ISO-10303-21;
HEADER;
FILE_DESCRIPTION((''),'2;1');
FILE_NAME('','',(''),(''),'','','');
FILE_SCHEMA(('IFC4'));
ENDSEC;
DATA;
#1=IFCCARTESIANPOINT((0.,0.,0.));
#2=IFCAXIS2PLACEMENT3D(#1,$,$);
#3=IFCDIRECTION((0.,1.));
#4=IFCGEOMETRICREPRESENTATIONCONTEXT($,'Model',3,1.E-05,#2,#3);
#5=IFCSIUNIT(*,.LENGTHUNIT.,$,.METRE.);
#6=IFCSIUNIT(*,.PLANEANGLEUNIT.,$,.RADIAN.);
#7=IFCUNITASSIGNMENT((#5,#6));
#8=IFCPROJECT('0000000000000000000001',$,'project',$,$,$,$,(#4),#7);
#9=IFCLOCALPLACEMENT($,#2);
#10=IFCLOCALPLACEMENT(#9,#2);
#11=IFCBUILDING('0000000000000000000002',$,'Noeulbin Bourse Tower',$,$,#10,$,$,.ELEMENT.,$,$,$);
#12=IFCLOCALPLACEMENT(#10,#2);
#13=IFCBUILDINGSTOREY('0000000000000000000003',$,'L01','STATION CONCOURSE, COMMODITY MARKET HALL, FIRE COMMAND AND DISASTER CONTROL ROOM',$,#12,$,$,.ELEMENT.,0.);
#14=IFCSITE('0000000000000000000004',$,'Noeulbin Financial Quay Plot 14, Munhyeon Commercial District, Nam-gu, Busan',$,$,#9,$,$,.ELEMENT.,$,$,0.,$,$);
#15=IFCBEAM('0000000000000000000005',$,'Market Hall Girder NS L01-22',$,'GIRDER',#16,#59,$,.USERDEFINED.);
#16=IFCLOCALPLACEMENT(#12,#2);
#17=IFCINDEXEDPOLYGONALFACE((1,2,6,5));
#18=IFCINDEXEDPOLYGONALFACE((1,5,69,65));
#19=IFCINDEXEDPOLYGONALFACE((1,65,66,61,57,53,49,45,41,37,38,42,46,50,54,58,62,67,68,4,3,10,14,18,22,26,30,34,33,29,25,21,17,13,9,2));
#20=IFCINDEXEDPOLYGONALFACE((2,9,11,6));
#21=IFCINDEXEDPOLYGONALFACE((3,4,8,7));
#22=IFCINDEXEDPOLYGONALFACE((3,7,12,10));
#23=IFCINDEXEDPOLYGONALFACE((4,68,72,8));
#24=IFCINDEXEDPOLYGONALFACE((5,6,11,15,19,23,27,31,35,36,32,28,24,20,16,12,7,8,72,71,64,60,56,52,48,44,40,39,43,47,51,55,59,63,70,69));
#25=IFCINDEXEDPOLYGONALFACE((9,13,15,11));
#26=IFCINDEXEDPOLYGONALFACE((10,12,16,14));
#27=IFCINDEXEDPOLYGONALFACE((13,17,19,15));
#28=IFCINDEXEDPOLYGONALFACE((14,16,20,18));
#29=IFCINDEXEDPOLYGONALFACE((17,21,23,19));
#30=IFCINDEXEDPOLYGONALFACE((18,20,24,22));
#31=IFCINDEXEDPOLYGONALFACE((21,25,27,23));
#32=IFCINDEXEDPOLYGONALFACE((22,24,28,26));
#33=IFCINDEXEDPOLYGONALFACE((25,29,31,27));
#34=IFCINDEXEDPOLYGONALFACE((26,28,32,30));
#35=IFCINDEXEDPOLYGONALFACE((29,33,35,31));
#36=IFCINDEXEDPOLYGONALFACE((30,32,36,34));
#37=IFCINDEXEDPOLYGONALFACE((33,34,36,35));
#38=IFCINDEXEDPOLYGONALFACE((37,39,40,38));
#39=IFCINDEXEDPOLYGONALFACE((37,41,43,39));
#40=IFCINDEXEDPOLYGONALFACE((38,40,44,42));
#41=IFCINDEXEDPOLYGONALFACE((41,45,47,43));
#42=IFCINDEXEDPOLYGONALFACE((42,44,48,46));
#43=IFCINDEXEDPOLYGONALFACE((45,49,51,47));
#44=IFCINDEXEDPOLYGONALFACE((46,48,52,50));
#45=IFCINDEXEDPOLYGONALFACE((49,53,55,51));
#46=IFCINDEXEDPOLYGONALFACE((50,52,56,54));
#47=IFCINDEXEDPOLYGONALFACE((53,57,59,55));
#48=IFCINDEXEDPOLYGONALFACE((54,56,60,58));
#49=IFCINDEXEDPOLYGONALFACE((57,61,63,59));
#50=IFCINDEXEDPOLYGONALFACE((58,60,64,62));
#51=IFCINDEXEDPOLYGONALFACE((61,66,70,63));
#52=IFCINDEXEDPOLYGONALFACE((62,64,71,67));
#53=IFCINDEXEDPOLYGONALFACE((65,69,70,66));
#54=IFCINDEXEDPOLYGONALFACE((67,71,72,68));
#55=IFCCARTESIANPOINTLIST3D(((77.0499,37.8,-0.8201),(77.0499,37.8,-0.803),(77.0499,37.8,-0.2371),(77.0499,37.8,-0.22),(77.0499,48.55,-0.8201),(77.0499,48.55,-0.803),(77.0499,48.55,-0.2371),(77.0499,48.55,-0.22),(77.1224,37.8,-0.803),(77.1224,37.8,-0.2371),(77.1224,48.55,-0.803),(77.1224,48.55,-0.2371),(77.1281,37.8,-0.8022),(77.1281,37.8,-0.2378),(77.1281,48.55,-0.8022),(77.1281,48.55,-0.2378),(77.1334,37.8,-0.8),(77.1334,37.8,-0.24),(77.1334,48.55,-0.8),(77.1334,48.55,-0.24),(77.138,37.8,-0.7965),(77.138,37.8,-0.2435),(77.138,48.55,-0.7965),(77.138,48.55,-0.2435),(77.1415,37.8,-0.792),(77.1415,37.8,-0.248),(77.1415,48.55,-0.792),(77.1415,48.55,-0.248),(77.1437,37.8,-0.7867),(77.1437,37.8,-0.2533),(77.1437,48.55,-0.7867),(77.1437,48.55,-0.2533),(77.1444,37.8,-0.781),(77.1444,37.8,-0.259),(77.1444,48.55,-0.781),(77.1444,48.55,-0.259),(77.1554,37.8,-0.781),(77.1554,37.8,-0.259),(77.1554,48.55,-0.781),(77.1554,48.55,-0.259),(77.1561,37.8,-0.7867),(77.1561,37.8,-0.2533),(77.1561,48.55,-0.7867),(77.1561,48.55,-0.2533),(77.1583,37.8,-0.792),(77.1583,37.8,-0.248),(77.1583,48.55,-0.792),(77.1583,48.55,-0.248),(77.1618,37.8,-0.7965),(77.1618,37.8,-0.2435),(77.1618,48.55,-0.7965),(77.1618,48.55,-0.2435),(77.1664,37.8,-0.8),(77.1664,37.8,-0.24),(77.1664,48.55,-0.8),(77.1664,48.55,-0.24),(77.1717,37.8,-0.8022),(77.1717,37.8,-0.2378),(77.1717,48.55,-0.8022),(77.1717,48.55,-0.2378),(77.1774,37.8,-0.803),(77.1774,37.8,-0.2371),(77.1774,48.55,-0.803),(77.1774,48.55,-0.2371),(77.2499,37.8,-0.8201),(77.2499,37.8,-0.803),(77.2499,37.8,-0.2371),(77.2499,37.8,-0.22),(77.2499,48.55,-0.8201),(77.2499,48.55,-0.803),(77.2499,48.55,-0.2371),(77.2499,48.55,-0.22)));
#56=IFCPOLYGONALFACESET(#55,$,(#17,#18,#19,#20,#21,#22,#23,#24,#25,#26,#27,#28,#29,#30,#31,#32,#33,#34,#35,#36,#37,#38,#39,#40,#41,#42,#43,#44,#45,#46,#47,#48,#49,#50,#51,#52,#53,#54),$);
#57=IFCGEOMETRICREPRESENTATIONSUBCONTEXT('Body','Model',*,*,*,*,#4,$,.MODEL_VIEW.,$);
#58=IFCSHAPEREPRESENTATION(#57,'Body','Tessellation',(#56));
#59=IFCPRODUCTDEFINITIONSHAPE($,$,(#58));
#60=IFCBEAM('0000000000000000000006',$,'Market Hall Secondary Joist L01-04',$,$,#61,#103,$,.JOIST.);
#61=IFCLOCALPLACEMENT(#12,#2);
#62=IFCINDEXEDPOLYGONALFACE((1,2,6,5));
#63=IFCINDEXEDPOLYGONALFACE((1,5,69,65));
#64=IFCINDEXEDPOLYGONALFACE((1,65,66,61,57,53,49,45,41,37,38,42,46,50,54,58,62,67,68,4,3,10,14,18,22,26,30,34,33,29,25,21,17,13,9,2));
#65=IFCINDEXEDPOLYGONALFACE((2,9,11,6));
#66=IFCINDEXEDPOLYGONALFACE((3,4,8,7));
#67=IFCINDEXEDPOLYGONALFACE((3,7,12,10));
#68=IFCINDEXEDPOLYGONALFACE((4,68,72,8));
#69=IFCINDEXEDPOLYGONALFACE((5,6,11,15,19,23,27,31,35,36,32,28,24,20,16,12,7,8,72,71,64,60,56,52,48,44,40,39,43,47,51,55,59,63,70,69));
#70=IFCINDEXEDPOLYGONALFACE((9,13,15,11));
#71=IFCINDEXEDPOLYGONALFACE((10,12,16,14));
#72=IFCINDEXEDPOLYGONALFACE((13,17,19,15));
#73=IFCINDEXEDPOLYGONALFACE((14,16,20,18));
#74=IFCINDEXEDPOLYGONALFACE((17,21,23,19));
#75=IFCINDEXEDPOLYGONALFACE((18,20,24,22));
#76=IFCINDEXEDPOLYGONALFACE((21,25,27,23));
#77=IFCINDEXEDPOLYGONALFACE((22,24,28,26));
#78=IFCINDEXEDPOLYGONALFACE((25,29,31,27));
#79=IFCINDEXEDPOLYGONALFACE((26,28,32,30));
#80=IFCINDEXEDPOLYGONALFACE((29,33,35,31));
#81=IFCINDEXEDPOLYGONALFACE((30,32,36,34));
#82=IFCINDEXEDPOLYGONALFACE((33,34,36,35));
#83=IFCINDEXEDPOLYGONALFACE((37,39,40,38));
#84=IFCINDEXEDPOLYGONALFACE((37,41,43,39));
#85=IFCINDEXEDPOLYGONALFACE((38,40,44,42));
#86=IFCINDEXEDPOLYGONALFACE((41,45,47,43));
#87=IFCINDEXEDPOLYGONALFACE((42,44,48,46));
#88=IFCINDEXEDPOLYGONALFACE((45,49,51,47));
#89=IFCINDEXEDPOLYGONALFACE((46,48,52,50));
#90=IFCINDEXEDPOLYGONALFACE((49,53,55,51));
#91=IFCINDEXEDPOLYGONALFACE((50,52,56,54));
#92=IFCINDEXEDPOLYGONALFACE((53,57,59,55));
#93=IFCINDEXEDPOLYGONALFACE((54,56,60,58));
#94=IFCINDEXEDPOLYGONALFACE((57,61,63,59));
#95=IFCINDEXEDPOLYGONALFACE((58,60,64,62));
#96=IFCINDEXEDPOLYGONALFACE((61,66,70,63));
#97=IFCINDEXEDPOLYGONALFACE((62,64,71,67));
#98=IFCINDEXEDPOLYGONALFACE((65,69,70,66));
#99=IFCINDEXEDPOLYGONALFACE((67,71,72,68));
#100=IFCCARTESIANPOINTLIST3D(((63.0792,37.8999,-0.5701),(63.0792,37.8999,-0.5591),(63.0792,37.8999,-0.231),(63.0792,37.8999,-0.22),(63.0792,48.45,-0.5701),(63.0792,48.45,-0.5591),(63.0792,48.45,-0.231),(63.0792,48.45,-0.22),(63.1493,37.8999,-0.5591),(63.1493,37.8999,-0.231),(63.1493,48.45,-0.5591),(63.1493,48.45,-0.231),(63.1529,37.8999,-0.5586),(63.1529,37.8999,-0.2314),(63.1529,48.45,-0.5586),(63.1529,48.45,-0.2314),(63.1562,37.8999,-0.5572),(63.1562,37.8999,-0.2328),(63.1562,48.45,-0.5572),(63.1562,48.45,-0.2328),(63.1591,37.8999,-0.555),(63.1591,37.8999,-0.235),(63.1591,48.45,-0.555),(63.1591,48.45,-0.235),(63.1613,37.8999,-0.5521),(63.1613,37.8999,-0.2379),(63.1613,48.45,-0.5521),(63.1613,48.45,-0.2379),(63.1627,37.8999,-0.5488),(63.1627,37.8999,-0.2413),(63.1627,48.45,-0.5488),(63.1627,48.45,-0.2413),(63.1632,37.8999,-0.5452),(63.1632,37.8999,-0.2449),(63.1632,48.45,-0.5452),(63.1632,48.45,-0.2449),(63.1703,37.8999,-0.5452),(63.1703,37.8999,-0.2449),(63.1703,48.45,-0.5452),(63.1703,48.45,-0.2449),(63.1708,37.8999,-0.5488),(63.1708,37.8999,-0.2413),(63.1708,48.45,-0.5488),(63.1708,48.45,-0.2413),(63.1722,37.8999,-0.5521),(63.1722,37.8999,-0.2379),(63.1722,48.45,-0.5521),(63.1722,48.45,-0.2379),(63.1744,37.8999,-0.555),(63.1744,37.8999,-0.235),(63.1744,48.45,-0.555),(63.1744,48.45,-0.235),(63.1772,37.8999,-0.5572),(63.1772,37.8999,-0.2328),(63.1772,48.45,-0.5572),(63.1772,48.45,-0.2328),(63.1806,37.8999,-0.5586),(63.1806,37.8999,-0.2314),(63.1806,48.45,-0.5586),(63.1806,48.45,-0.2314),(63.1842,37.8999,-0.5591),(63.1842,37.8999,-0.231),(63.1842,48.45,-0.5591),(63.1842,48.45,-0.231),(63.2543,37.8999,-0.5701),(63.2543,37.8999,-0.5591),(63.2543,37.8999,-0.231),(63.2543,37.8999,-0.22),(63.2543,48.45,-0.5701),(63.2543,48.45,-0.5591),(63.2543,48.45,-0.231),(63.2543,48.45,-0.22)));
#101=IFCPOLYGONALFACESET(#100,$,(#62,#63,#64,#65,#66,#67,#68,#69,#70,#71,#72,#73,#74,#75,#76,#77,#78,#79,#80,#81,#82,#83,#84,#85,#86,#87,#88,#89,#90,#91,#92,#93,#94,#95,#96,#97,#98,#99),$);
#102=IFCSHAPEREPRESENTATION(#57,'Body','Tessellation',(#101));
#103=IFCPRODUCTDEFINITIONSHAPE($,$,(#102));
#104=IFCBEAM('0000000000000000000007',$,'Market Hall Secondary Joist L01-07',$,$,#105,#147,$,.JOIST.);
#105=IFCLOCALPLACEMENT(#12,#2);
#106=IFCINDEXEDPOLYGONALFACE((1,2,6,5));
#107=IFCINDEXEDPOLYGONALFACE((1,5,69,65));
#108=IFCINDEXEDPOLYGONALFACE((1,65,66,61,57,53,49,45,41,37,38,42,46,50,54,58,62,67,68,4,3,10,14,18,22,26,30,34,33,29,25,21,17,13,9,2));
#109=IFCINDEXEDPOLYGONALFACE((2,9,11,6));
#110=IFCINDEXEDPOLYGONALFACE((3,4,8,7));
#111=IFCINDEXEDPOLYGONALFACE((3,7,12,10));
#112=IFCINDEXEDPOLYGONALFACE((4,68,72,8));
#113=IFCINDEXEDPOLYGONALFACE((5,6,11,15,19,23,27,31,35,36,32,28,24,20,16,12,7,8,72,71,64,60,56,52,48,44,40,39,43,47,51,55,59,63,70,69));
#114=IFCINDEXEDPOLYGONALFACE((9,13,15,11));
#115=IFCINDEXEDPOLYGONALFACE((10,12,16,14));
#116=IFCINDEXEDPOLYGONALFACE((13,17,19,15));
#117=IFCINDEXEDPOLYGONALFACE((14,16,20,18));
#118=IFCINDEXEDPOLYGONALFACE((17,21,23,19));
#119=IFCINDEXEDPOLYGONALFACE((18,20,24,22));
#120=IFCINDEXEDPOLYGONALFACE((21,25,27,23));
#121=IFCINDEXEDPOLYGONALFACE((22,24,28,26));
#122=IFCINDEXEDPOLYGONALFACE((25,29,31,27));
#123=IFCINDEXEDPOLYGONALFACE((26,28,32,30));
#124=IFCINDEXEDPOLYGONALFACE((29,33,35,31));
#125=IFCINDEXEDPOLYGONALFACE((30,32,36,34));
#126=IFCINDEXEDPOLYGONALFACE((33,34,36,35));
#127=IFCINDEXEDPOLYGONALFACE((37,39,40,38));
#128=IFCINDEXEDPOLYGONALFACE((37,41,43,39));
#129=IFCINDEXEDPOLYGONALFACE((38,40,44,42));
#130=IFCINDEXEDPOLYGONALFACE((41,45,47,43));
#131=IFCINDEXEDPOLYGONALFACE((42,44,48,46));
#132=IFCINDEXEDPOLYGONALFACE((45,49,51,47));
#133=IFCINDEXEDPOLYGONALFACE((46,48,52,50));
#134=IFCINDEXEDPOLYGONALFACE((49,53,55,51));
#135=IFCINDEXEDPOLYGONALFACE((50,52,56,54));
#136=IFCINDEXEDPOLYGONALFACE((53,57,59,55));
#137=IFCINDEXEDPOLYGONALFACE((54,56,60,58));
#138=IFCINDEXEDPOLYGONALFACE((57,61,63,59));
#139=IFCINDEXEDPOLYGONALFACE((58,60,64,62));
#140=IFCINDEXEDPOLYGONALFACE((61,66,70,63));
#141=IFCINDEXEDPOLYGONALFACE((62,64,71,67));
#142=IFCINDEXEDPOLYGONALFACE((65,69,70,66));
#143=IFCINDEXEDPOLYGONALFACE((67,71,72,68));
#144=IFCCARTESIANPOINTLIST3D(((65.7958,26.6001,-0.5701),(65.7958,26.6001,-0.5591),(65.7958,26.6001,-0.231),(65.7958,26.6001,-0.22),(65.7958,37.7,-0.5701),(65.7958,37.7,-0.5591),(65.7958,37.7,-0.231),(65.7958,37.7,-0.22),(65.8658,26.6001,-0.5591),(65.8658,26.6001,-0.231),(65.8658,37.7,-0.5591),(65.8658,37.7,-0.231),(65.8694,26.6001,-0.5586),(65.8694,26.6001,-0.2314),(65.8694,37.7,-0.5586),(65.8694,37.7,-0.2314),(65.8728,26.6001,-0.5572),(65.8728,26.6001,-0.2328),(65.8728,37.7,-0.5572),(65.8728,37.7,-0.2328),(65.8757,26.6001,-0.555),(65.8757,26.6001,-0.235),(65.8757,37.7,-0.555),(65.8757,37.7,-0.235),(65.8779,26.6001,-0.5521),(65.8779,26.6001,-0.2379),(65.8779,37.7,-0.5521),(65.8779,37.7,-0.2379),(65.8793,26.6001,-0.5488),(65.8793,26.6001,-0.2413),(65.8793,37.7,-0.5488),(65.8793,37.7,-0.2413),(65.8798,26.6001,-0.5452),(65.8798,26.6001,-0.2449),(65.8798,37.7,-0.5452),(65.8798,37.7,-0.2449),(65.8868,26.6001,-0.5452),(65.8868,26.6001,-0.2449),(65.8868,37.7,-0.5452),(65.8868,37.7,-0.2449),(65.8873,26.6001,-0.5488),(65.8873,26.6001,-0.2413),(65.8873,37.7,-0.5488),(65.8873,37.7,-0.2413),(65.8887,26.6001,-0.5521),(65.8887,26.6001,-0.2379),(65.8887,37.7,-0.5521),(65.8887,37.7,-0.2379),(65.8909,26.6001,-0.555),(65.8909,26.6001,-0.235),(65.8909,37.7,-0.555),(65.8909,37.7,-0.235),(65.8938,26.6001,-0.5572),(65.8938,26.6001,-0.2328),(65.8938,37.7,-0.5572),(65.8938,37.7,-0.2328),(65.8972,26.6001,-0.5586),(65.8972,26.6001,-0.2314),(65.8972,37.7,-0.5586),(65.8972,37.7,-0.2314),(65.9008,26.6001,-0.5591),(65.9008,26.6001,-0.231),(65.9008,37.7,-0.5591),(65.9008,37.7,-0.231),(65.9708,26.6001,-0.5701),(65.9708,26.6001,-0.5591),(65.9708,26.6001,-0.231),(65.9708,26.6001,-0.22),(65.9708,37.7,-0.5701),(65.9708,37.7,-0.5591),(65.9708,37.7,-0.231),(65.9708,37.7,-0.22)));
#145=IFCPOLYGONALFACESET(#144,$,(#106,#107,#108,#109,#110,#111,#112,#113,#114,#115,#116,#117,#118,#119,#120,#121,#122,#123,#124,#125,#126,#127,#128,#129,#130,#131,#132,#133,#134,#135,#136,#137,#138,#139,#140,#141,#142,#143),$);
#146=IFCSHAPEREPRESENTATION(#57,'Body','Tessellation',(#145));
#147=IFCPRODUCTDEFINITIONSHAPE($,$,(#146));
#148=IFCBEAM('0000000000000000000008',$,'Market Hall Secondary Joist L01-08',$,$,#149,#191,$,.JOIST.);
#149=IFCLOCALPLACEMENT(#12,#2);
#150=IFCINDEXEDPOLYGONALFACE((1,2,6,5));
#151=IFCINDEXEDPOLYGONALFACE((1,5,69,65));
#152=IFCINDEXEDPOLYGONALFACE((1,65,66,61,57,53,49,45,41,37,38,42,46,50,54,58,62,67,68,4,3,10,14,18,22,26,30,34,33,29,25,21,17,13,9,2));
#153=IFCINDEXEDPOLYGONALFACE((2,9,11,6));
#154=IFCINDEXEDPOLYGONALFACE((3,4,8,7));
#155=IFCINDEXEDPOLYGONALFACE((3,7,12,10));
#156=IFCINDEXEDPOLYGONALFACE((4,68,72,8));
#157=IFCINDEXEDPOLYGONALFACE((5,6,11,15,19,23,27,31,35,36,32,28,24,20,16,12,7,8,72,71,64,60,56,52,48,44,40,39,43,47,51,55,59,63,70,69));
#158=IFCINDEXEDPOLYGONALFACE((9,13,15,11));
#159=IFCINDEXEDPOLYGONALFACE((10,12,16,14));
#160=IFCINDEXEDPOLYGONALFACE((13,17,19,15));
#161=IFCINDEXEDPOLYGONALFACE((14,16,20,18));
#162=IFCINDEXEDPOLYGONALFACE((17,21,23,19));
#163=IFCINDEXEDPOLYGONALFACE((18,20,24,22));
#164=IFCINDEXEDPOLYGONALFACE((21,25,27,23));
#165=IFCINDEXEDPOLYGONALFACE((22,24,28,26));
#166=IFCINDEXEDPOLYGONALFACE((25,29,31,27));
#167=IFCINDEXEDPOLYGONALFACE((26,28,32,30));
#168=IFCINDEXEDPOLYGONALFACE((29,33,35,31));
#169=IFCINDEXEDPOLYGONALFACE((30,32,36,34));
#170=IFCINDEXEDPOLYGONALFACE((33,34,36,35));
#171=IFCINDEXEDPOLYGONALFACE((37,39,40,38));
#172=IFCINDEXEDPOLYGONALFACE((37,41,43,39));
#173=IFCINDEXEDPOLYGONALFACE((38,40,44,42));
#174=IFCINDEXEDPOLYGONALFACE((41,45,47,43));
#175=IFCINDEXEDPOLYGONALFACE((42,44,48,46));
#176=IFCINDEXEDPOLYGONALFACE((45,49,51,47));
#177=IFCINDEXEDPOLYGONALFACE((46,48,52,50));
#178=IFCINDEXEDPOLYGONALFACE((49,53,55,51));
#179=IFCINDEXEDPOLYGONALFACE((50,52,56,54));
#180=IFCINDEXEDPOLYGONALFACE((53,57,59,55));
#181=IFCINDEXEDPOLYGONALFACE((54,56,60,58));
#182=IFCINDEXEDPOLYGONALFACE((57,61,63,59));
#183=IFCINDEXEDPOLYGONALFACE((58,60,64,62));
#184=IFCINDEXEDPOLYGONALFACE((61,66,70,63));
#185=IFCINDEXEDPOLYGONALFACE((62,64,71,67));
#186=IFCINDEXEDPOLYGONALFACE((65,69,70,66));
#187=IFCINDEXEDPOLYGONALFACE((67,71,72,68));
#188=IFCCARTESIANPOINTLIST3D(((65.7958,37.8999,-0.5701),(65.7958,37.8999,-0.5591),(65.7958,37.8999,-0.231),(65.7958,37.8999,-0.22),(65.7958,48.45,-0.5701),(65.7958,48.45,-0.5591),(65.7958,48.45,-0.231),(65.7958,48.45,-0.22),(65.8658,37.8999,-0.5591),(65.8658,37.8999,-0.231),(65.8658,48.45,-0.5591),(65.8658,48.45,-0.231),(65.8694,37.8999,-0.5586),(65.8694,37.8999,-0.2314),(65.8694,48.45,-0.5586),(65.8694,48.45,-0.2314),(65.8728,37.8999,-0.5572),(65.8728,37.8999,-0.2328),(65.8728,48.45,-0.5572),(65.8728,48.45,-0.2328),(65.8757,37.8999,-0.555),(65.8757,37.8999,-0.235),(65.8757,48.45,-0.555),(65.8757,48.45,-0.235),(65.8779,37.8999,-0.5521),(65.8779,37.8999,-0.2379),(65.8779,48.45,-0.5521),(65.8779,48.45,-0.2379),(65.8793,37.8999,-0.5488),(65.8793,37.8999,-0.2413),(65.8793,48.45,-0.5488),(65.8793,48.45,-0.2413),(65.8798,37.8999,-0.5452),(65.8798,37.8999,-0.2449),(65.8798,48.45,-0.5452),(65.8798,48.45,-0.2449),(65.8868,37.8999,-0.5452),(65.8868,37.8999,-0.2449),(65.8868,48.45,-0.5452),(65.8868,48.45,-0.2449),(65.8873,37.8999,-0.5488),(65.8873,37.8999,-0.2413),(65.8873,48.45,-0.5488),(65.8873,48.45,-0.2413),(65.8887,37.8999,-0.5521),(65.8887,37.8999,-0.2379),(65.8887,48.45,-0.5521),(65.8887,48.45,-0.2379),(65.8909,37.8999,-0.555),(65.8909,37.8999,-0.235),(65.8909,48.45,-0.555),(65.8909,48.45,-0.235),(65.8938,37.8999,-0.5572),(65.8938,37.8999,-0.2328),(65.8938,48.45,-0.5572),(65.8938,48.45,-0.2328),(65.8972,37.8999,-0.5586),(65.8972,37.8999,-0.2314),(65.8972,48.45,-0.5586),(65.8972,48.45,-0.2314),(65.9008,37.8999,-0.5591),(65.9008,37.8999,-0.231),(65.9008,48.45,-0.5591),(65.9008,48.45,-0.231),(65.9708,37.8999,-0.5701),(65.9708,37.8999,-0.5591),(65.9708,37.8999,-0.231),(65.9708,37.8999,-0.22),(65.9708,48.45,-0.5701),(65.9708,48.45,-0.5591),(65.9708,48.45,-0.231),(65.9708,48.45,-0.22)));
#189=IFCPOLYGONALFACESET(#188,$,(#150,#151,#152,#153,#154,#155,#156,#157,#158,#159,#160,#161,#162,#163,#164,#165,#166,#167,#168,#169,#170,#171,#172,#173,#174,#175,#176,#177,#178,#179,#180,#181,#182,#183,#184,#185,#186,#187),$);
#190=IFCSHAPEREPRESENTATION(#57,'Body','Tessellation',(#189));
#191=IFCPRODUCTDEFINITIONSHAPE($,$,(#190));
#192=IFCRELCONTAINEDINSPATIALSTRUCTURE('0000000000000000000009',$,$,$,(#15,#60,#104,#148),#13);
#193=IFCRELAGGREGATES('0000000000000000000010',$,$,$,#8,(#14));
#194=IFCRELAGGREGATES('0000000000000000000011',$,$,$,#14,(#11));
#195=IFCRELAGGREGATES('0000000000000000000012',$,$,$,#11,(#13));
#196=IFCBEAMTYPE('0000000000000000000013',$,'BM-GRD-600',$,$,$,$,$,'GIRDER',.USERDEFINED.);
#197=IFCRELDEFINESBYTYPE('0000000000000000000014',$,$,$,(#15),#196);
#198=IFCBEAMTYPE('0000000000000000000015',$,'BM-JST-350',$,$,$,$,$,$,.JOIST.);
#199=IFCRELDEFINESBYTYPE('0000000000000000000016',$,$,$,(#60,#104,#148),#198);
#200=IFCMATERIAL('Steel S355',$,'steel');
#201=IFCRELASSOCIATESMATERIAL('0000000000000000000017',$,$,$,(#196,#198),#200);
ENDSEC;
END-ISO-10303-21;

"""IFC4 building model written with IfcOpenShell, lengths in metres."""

from ifc_helpers import new_model, si_unit, direction, frame, origin, origin_2d, place, context, subcontext, project, spatial, i_section, extrude, material, material_profile, profile_set, type_object, element, save


model = new_model("IFC4")

# Units and contexts
model_context = context("Model", 3, precision=1e-05, world=origin(), true_north=direction((0.0, 1.0)))
body_context = subcontext(model_context, "Body", "Model", "MODEL_VIEW")
ifc_project = project(units=[si_unit("LENGTHUNIT", "METRE"), si_unit("PLANEANGLEUNIT", "RADIAN")], contexts=[model_context])

# Site, building, storey
site_placement = place(None, origin())
site = spatial("IfcSite", under=ifc_project, at=site_placement, Name="Noeulbin Financial Quay Plot 14, Munhyeon Commercial District, Nam-gu, Busan", CompositionType="ELEMENT", RefElevation=0.0)
building_placement = place(site_placement, origin())
building = spatial("IfcBuilding", under=site, at=building_placement, Name="Noeulbin Bourse Tower", CompositionType="ELEMENT")
storey_placement = place(building_placement, origin())
storey = spatial("IfcBuildingStorey", under=building, at=storey_placement, Name="L01", Description="STATION CONCOURSE, COMMODITY MARKET HALL, FIRE COMMAND AND DISASTER CONTROL ROOM", CompositionType="ELEMENT", Elevation=0.0)

# Shared definitions
ifc_material_1 = material(Name="Steel S355", Category="steel")

# Beams
ifc_material_profile_1 = material_profile(ifc_material_1, i_section(OverallWidth=0.2, OverallDepth=0.6001, WebThickness=0.011, FlangeThickness=0.0171, FilletRadius=0.022, at=origin_2d()), Name="H-600x200x11x17", Category="LoadBearing")
ifc_profile_set_1 = profile_set([ifc_material_profile_1], Name="Steel S355")
beam_type_1 = type_object("IfcBeamType", Name="BM-GRD-600", ElementType="GIRDER", PredefinedType="USERDEFINED", material=ifc_profile_set_1)
for number, where, z_axis, x_axis, name in (
    (1, (77.1499, 37.8, -0.52), (0.0, 1.0, 0.0), (-1.0, 0.0, 0.0), "Market Hall Girder NS L01-22"),
):
    element("IfcBeam", number, at=place(storey_placement, frame(where, z_axis=z_axis, x_axis=x_axis)), inside=storey, type_object=beam_type_1, Name=name, ObjectType="GIRDER", PredefinedType="USERDEFINED", context=body_context, shape_type="SweptSolid", body=[
        extrude(i_section(OverallWidth=0.2, OverallDepth=0.6001, WebThickness=0.011, FlangeThickness=0.0171, FilletRadius=0.022, at=origin_2d()), origin(), (0.0, 0.0, 1.0), 10.75),
    ])
ifc_material_profile_2 = material_profile(ifc_material_1, i_section(OverallWidth=0.175, OverallDepth=0.3501, WebThickness=0.0071, FlangeThickness=0.011, FilletRadius=0.0139, at=origin_2d()), Name="H-350x175x7x11", Category="LoadBearing")
ifc_profile_set_2 = profile_set([ifc_material_profile_2], Name="Steel S355")
beam_type_2 = type_object("IfcBeamType", Name="BM-JST-350", PredefinedType="JOIST", material=ifc_profile_set_2)
beam_1_placement = place(storey_placement, frame((63.1667, 37.8999, -0.395), z_axis=(0.0, 1.0, 0.0), x_axis=(-1.0, 0.0, 0.0)))
element("IfcBeam", 2, at=beam_1_placement, inside=storey, type_object=beam_type_2, Name="Market Hall Secondary Joist L01-04", PredefinedType="JOIST", context=body_context, shape_type="SweptSolid", body=[
    extrude(i_section(OverallWidth=0.175, OverallDepth=0.3501, WebThickness=0.0071, FlangeThickness=0.011, FilletRadius=0.0139, at=origin_2d()), origin(), (0.0, 0.0, 1.0), 10.55),
])
beam_2_placement = place(storey_placement, frame((65.8833, 26.6001, -0.395), z_axis=(0.0, 1.0, 0.0), x_axis=(-1.0, 0.0, 0.0)))
element("IfcBeam", 3, at=beam_2_placement, inside=storey, type_object=beam_type_2, Name="Market Hall Secondary Joist L01-07", PredefinedType="JOIST", context=body_context, shape_type="SweptSolid", body=[
    extrude(i_section(OverallWidth=0.175, OverallDepth=0.3501, WebThickness=0.0071, FlangeThickness=0.011, FilletRadius=0.0139, at=origin_2d()), origin(), (0.0, 0.0, 1.0), 11.0999),
])
beam_3_placement = place(storey_placement, frame((65.8833, 37.8999, -0.395), z_axis=(0.0, 1.0, 0.0), x_axis=(-1.0, 0.0, 0.0)))
element("IfcBeam", 4, at=beam_3_placement, inside=storey, type_object=beam_type_2, Name="Market Hall Secondary Joist L01-08", PredefinedType="JOIST", context=body_context, shape_type="SweptSolid", body=[
    extrude(i_section(OverallWidth=0.175, OverallDepth=0.3501, WebThickness=0.0071, FlangeThickness=0.011, FilletRadius=0.0139, at=origin_2d()), origin(), (0.0, 0.0, 1.0), 10.55),
])

save(model, "model.ifc")
